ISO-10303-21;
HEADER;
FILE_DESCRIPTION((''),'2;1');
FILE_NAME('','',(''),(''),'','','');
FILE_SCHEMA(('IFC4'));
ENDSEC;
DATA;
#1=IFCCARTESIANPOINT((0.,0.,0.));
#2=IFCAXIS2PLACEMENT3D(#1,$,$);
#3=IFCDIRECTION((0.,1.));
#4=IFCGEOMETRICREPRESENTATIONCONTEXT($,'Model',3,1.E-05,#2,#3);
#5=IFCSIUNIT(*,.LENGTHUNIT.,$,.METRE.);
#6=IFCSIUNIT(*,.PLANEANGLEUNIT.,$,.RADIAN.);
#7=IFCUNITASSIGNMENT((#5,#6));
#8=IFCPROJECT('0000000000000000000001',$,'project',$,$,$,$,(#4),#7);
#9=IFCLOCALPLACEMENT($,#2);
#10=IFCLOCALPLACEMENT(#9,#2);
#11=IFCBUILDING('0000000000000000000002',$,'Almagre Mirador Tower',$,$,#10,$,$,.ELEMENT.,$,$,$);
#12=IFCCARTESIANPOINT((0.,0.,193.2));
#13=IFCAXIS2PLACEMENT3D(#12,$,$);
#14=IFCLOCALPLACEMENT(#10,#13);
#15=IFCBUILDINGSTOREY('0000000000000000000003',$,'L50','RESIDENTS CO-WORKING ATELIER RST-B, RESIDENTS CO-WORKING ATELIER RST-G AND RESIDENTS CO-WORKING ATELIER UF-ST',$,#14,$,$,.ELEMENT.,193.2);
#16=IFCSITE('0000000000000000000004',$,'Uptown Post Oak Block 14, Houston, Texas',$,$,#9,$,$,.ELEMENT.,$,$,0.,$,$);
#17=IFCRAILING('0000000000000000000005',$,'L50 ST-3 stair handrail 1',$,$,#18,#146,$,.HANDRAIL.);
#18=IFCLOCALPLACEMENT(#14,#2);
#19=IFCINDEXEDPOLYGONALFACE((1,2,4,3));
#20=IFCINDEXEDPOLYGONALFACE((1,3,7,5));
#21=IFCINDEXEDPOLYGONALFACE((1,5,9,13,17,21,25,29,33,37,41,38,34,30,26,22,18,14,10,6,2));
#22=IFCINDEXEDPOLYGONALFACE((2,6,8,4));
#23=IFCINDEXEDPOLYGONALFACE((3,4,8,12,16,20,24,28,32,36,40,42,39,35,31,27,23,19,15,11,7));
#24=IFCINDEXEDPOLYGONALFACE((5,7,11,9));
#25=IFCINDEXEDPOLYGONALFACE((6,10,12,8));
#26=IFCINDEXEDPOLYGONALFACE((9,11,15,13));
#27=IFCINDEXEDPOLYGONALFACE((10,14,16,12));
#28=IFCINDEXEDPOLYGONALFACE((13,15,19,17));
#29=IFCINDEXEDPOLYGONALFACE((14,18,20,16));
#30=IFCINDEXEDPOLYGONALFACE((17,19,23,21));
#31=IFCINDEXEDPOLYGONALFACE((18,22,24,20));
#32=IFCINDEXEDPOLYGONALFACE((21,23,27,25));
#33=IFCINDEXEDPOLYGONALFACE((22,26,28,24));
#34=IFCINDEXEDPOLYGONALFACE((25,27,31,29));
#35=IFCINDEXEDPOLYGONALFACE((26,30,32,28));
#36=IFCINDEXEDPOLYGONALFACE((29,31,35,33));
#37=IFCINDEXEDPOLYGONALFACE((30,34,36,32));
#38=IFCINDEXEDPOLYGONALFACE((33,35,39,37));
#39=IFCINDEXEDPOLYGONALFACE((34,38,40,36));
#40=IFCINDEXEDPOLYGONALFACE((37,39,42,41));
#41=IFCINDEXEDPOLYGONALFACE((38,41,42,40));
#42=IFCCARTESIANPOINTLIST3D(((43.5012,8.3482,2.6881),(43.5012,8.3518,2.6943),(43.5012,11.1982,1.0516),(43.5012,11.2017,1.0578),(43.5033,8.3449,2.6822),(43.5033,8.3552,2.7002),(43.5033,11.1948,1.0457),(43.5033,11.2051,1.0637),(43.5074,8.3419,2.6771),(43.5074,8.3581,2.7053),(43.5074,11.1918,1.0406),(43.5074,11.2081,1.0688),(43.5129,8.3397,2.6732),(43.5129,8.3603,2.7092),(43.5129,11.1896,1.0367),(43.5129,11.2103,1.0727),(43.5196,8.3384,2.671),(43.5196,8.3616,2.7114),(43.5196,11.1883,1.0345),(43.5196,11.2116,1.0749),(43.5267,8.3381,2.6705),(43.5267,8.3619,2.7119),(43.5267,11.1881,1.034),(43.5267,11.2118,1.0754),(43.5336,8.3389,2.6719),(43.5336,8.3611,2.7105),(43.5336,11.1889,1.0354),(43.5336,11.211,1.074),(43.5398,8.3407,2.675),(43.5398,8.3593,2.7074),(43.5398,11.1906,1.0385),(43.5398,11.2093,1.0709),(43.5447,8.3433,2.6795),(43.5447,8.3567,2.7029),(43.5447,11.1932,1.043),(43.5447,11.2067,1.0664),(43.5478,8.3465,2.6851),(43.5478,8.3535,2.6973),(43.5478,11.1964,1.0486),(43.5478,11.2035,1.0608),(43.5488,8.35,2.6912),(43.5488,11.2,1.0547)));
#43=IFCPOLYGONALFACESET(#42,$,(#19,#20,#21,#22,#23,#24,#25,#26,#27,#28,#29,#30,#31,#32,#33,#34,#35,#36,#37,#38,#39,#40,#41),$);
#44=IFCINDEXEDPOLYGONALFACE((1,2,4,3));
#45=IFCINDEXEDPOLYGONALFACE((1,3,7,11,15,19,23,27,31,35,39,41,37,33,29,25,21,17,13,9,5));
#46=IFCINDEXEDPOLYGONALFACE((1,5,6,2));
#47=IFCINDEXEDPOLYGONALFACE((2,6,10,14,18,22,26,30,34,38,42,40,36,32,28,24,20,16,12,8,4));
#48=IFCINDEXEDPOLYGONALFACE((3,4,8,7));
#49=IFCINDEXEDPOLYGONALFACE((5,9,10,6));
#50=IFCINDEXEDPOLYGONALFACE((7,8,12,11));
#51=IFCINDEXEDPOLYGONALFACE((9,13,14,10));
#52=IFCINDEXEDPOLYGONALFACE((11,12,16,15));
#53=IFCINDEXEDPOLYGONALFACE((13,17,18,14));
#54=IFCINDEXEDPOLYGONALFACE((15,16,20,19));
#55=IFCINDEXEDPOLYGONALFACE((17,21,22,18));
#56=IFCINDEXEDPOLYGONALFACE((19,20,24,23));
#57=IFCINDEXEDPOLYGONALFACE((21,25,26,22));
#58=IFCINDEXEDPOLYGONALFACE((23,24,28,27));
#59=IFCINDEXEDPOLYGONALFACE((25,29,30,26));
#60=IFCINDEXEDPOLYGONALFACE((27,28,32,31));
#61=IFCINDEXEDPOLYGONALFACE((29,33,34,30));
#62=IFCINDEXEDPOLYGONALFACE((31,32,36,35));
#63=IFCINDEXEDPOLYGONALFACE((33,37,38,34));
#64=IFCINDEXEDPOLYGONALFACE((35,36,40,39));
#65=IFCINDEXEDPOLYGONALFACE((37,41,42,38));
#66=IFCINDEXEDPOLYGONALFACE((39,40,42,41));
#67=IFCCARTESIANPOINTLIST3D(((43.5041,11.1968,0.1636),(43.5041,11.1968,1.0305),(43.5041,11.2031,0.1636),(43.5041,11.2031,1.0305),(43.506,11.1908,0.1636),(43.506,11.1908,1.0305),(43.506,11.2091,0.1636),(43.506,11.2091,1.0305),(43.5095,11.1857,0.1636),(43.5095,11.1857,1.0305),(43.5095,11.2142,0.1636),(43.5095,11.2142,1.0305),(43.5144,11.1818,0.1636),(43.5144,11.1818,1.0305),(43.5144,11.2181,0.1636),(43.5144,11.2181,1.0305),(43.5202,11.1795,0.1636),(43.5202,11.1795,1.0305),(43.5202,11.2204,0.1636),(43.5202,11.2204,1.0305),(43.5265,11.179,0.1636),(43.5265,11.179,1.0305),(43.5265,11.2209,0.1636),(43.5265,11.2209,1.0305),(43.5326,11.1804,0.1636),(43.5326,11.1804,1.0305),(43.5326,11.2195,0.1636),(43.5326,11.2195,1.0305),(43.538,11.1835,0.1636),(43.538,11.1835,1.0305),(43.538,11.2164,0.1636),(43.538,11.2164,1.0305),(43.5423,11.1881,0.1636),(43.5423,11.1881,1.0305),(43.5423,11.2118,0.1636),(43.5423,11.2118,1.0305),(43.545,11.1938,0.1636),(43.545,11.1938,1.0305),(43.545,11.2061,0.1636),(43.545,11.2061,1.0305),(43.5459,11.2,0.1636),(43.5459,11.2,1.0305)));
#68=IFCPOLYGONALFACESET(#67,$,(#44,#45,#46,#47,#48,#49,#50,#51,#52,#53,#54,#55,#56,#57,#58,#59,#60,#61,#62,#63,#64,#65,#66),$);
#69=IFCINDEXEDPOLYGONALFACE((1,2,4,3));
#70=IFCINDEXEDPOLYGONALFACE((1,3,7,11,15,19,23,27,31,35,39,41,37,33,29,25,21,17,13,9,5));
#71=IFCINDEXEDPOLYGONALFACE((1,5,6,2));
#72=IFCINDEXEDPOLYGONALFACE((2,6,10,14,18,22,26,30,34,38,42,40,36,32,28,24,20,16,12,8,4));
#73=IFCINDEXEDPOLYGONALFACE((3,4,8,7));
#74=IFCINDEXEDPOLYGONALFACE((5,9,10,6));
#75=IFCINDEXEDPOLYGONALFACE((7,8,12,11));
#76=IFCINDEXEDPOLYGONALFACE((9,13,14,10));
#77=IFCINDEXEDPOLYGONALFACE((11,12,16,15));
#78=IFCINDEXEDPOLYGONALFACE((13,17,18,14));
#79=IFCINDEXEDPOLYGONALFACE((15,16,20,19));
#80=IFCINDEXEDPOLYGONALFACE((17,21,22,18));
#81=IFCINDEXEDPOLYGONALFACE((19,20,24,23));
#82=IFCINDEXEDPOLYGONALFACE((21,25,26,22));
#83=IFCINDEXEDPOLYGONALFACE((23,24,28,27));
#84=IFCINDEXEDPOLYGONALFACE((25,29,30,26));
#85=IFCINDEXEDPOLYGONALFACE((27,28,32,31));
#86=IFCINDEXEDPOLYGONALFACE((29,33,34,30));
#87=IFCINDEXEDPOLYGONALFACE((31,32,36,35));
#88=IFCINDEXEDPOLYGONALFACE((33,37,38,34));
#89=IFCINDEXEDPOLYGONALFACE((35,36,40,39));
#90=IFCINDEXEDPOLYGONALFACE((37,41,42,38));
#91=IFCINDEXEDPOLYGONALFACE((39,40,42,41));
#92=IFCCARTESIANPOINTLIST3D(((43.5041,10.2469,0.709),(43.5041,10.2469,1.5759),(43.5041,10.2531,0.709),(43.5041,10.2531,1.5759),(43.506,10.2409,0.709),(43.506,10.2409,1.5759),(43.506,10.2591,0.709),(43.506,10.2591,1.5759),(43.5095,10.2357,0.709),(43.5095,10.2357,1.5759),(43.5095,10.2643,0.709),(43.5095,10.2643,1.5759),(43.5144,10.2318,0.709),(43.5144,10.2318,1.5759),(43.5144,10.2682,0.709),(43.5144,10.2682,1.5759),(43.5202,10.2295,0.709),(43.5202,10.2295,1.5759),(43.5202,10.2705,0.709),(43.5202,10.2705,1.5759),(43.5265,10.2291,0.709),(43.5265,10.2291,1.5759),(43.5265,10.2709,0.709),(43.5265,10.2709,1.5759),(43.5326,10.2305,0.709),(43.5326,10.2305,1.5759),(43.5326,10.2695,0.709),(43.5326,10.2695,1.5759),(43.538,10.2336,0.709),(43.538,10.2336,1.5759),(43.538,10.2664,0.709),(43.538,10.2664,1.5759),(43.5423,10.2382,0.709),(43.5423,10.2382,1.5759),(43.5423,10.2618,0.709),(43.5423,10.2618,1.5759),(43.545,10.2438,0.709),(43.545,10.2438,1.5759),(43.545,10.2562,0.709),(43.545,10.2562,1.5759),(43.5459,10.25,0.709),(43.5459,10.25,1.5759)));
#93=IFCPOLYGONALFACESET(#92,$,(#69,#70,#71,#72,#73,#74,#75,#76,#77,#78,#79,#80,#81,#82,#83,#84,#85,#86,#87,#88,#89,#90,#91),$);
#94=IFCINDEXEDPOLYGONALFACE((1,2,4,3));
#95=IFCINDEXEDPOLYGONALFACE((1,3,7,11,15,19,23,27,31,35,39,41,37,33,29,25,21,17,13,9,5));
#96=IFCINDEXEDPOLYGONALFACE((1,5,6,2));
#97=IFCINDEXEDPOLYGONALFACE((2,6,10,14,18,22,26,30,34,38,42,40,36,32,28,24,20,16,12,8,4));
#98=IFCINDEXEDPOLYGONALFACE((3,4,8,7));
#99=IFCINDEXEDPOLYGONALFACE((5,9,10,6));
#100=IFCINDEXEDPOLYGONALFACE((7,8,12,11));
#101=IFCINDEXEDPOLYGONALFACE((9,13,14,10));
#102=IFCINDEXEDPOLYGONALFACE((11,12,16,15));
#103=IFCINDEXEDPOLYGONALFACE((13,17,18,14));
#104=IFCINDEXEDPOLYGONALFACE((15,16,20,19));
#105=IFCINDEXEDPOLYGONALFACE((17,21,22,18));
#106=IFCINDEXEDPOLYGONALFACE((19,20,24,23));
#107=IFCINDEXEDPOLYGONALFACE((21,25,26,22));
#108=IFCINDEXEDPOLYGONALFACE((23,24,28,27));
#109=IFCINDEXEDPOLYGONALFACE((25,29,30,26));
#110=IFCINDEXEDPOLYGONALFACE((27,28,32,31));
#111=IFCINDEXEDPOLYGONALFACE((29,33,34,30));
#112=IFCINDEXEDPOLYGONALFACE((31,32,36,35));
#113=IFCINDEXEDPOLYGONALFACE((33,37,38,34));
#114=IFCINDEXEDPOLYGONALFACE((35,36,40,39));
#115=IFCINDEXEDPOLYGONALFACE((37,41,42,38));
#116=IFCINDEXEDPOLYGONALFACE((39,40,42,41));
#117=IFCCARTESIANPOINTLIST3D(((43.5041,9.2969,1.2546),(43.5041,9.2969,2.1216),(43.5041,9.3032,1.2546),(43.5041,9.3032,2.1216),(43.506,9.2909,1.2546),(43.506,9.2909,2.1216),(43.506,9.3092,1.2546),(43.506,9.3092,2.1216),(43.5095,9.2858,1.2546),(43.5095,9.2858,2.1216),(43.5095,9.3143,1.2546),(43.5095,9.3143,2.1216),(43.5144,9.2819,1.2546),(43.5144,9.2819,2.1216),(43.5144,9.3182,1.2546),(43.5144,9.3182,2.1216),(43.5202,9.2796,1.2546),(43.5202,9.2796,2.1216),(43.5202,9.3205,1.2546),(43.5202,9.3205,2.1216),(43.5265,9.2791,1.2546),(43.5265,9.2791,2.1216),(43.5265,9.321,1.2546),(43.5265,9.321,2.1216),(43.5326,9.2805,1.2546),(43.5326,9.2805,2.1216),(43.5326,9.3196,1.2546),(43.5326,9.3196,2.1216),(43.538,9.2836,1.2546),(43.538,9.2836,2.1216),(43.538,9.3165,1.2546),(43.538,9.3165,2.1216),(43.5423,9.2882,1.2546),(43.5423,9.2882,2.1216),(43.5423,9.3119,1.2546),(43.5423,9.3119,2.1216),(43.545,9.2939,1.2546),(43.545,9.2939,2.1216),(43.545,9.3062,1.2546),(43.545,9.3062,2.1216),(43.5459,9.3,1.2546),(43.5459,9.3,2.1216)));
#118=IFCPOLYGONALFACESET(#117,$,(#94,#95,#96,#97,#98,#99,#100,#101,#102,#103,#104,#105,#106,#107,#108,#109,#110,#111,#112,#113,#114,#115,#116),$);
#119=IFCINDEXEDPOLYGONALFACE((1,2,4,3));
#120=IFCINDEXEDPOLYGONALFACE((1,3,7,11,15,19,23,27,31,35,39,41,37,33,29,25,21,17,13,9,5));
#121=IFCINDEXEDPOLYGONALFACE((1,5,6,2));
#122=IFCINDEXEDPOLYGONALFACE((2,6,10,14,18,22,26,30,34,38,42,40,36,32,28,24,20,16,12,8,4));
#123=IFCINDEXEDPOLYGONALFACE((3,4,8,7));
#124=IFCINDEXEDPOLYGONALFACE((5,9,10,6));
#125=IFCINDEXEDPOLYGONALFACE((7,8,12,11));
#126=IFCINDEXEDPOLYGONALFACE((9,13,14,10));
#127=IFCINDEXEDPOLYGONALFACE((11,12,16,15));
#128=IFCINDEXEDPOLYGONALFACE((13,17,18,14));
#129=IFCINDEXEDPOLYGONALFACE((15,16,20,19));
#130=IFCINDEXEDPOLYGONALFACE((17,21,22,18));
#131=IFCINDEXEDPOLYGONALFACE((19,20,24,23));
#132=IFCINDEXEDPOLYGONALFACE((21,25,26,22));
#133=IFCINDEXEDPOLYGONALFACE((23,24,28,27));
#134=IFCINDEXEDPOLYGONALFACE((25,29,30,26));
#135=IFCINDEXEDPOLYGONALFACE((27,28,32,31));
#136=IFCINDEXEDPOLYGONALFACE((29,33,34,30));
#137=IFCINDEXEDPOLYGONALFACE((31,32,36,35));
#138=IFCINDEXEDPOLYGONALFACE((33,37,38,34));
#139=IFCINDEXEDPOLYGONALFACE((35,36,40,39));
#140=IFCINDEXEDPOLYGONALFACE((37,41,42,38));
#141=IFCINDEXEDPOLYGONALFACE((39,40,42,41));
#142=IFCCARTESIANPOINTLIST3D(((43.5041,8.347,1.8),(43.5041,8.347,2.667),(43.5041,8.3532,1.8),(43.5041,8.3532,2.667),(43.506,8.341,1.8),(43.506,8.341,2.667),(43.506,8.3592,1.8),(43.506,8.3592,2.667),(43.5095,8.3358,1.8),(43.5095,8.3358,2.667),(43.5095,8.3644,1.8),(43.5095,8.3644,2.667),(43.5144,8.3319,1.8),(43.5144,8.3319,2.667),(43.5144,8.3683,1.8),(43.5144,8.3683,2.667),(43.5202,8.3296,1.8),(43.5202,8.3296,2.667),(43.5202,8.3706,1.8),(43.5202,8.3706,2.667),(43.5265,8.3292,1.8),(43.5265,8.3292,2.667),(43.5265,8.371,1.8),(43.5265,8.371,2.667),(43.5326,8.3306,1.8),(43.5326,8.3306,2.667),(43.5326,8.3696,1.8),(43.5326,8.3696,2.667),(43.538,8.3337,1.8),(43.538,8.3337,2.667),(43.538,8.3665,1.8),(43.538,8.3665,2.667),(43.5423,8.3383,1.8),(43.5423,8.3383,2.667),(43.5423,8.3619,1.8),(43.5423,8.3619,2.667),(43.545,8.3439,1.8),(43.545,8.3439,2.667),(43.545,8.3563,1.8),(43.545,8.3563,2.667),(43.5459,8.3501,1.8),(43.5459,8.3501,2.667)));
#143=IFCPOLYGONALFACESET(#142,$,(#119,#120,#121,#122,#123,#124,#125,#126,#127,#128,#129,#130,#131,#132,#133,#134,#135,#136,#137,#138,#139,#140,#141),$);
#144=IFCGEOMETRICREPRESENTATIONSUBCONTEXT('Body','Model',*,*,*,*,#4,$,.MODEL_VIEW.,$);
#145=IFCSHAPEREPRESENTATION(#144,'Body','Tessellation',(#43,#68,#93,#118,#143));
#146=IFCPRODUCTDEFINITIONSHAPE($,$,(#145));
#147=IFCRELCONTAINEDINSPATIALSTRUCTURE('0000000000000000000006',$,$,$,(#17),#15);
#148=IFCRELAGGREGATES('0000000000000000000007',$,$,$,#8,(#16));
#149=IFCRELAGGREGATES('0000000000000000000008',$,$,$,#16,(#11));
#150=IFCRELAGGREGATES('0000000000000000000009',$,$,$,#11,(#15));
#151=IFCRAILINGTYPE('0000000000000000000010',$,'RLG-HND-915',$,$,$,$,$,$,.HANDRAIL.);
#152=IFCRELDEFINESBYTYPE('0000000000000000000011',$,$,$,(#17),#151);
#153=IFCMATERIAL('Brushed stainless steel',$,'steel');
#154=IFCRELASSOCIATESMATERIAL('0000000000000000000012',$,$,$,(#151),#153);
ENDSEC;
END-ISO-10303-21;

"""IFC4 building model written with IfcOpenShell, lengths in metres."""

from ifc_helpers import new_model, si_unit, direction, frame, origin, origin_2d, place, context, subcontext, project, spatial, circle, extrude, material, type_object, element, save


model = new_model("IFC4")

# Units and contexts
model_context = context("Model", 3, precision=1e-05, world=origin(), true_north=direction((0.0, 1.0)))
body_context = subcontext(model_context, "Body", "Model", "MODEL_VIEW")
ifc_project = project(units=[si_unit("LENGTHUNIT", "METRE"), si_unit("PLANEANGLEUNIT", "RADIAN")], contexts=[model_context])

# Site, building, storey
site_placement = place(None, origin())
site = spatial("IfcSite", under=ifc_project, at=site_placement, Name="Uptown Post Oak Block 14, Houston, Texas", CompositionType="ELEMENT", RefElevation=0.0)
building_placement = place(site_placement, origin())
building = spatial("IfcBuilding", under=site, at=building_placement, Name="Almagre Mirador Tower", CompositionType="ELEMENT")
storey_placement = place(building_placement, frame((0.0, 0.0, 193.2)))
storey = spatial("IfcBuildingStorey", under=building, at=storey_placement, Name="L50", Description="RESIDENTS CO-WORKING ATELIER RST-B, RESIDENTS CO-WORKING ATELIER RST-G AND RESIDENTS CO-WORKING ATELIER UF-ST", CompositionType="ELEMENT", Elevation=193.2)

# Railing
ifc_material_1 = material(Name="Brushed stainless steel", Category="steel")
railing_type_1 = type_object("IfcRailingType", Name="RLG-HND-915", PredefinedType="HANDRAIL", material=ifc_material_1)
railing_1_placement = place(storey_placement, frame((43.5249, 11.2, 0.1636)))
element("IfcRailing", 1, at=railing_1_placement, inside=storey, type_object=railing_type_1, Name="L50 ST-3 stair handrail 1", PredefinedType="HANDRAIL", context=body_context, shape_type="SweptSolid", body=[
    extrude(circle(Radius=0.0239, at=origin_2d()), frame((0.0, 0.0, 0.8911), z_axis=(0.0, -0.867194, 0.49797), x_axis=(1.0, 0.0, 0.0)), (0.0, 0.0, 1.0), 3.2864),
    extrude(circle(Radius=0.021, at=origin_2d()), origin(), (0.0, 0.0, 1.0), 0.8669),
    extrude(circle(Radius=0.021, at=origin_2d()), frame((0.0, -0.95, 0.5454)), (0.0, 0.0, 1.0), 0.8669),
    extrude(circle(Radius=0.021, at=origin_2d()), frame((0.0, -1.8999, 1.0911)), (0.0, 0.0, 1.0), 0.8669),
    extrude(circle(Radius=0.021, at=origin_2d()), frame((0.0, -2.8499, 1.6365)), (0.0, 0.0, 1.0), 0.8669),
])

save(model, "model.ifc")
